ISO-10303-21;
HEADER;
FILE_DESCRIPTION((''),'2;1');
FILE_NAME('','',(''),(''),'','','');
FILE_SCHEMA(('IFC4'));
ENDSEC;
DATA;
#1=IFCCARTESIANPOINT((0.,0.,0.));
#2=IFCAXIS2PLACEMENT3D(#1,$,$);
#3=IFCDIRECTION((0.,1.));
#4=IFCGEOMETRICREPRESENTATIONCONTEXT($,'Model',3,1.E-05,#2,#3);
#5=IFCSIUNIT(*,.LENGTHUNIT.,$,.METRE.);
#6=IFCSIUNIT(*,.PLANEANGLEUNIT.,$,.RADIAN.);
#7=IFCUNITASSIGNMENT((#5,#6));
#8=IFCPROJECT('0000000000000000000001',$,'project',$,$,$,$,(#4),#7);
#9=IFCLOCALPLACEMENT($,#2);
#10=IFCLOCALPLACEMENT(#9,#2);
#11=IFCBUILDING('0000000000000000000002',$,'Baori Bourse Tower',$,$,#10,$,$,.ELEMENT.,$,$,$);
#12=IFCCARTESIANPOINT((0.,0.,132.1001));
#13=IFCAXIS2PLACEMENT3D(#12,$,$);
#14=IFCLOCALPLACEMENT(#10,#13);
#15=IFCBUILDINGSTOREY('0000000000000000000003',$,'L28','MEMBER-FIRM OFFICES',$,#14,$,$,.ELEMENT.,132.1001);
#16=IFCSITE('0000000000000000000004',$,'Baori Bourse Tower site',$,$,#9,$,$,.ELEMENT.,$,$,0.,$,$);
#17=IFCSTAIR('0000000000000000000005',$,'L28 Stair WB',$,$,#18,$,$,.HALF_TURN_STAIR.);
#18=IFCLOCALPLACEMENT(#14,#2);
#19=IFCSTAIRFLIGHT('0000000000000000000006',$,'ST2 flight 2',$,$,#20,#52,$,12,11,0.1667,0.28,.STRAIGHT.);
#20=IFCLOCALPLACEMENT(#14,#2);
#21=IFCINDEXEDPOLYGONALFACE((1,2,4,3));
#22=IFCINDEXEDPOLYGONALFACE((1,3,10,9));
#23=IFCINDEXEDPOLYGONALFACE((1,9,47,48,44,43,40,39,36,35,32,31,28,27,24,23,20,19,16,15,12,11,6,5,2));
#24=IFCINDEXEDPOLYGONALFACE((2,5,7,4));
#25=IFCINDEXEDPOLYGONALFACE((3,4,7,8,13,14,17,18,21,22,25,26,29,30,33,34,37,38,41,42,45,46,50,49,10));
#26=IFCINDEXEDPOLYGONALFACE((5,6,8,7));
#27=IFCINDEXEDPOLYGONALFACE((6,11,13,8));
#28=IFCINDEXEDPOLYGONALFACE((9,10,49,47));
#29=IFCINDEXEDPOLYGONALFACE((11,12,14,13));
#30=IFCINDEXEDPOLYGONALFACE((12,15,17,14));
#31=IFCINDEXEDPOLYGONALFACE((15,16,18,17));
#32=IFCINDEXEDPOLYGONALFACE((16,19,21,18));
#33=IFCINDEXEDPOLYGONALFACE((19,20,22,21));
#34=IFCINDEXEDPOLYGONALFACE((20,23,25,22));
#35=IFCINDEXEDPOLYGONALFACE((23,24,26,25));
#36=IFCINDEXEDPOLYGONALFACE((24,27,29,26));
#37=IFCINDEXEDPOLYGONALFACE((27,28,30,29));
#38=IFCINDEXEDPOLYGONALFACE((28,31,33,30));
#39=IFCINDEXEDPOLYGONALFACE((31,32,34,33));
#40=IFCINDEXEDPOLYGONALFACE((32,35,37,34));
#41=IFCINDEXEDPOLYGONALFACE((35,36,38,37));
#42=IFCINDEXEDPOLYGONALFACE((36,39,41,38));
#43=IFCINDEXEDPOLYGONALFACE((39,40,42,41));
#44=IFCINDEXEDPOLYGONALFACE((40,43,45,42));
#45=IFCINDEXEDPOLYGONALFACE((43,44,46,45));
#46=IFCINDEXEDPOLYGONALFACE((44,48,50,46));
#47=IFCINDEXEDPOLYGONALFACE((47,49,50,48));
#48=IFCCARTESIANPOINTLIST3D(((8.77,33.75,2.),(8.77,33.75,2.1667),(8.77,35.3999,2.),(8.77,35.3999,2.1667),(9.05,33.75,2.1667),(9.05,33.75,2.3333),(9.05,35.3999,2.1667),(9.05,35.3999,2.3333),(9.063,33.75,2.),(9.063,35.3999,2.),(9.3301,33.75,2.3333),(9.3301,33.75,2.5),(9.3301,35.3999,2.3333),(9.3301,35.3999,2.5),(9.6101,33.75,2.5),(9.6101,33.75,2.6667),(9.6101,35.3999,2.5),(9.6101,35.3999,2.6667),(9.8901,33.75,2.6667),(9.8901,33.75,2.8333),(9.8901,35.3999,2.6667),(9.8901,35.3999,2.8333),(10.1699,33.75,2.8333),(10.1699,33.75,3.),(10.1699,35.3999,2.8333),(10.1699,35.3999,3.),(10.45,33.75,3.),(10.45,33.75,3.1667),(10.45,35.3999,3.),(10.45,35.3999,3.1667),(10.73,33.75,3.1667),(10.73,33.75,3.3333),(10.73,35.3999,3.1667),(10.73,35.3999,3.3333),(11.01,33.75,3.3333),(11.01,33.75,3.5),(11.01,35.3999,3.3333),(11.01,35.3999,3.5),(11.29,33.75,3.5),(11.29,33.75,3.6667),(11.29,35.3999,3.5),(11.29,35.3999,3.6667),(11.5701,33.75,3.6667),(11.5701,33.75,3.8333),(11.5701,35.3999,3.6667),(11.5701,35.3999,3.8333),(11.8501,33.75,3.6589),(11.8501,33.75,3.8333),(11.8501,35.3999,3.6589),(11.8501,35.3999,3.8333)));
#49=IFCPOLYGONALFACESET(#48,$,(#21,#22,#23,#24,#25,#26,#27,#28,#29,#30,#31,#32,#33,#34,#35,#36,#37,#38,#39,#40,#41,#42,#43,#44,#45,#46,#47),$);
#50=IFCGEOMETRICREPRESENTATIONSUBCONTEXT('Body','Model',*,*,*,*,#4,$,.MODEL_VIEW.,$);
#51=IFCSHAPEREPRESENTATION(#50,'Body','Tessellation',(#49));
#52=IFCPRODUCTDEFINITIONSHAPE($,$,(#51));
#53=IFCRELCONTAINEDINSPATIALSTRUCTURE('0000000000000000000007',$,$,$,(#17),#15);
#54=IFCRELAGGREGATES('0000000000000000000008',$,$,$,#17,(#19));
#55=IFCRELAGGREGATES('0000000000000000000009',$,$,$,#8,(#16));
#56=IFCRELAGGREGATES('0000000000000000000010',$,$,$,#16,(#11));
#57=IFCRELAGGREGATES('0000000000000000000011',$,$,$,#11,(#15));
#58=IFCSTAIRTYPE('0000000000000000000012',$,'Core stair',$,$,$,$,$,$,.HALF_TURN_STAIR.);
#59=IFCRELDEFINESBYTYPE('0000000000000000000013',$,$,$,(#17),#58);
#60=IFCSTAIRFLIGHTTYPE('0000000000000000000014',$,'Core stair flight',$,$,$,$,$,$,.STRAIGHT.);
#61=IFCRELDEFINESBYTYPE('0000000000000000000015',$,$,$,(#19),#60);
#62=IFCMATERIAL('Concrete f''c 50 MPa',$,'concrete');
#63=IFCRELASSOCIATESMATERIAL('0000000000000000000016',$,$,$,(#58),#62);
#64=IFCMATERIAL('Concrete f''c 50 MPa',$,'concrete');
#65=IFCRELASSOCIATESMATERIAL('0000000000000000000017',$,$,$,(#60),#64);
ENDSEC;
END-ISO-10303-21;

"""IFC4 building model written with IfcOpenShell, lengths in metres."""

from ifc_helpers import new_model, si_unit, direction, frame, origin, place, context, subcontext, project, spatial, polyline, outline, extrude, material, type_object, element, aggregate, save


model = new_model("IFC4")

# Units and contexts
model_context = context("Model", 3, precision=1e-05, world=origin(), true_north=direction((0.0, 1.0)))
body_context = subcontext(model_context, "Body", "Model", "MODEL_VIEW")
ifc_project = project(units=[si_unit("LENGTHUNIT", "METRE"), si_unit("PLANEANGLEUNIT", "RADIAN")], contexts=[model_context])

# Site, building, storey
site_placement = place(None, origin())
site = spatial("IfcSite", under=ifc_project, at=site_placement, Name="Baori Bourse Tower site", CompositionType="ELEMENT", RefElevation=0.0)
building_placement = place(site_placement, origin())
building = spatial("IfcBuilding", under=site, at=building_placement, Name="Baori Bourse Tower", CompositionType="ELEMENT")
storey_placement = place(building_placement, frame((0.0, 0.0, 132.1001)))
storey = spatial("IfcBuildingStorey", under=building, at=storey_placement, Name="L28", Description="MEMBER-FIRM OFFICES", CompositionType="ELEMENT", Elevation=132.1001)

# Stair, stair flight
ifc_material_1 = material(Name="Concrete f'c 50 MPa", Category="concrete")
stair_type = type_object("IfcStairType", Name="Core stair", PredefinedType="HALF_TURN_STAIR", material=ifc_material_1)
stair_placement = place(storey_placement, origin())
stair = element("IfcStair", 1, at=stair_placement, inside=storey, type_object=stair_type, Name="L28 Stair WB", PredefinedType="HALF_TURN_STAIR")
ifc_material_2 = material(Name="Concrete f'c 50 MPa", Category="concrete")
stair_flight_type = type_object("IfcStairFlightType", Name="Core stair flight", PredefinedType="STRAIGHT", material=ifc_material_2)
stair_flight_1_placement = place(storey_placement, frame((8.77, 34.575, 2.0), z_axis=(0.0, 0.0, 1.0), x_axis=(1.0, 0.0, 0.0)))
stair_flight_1 = element("IfcStairFlight", 2, at=stair_flight_1_placement, type_object=stair_flight_type, Name="ST2 flight 2", NumberOfRisers=12, NumberOfTreads=11, PredefinedType="STRAIGHT", RiserHeight=0.1667, TreadLength=0.28, context=body_context, shape_type="SweptSolid", body=[
    extrude(outline(polyline([(0.0, 0.0), (0.0, 0.1667), (0.28, 0.1667), (0.28, 0.3333), (0.5601, 0.3333), (0.5601, 0.5), (0.8401, 0.5), (0.8401, 0.6667), (1.1201, 0.6667), (1.1201, 0.8333), (1.3999, 0.8333), (1.3999, 1.0), (1.6799, 1.0), (1.6799, 1.1667), (1.96, 1.1667), (1.96, 1.3333), (2.24, 1.3333), (2.24, 1.5), (2.52, 1.5), (2.52, 1.6667), (2.8, 1.6667), (2.8, 1.8333), (3.0801, 1.8333), (3.0801, 2.0), (3.0801, 1.6589), (0.293, 0.0), (0.0, 0.0)])), frame((0.0, 0.825, 0.0), z_axis=(0.0, -1.0, 0.0), x_axis=(1.0, 0.0, 0.0)), (0.0, 0.0, 1.0), 1.6499),
])
aggregate(stair, [stair_flight_1])

save(model, "model.ifc")
